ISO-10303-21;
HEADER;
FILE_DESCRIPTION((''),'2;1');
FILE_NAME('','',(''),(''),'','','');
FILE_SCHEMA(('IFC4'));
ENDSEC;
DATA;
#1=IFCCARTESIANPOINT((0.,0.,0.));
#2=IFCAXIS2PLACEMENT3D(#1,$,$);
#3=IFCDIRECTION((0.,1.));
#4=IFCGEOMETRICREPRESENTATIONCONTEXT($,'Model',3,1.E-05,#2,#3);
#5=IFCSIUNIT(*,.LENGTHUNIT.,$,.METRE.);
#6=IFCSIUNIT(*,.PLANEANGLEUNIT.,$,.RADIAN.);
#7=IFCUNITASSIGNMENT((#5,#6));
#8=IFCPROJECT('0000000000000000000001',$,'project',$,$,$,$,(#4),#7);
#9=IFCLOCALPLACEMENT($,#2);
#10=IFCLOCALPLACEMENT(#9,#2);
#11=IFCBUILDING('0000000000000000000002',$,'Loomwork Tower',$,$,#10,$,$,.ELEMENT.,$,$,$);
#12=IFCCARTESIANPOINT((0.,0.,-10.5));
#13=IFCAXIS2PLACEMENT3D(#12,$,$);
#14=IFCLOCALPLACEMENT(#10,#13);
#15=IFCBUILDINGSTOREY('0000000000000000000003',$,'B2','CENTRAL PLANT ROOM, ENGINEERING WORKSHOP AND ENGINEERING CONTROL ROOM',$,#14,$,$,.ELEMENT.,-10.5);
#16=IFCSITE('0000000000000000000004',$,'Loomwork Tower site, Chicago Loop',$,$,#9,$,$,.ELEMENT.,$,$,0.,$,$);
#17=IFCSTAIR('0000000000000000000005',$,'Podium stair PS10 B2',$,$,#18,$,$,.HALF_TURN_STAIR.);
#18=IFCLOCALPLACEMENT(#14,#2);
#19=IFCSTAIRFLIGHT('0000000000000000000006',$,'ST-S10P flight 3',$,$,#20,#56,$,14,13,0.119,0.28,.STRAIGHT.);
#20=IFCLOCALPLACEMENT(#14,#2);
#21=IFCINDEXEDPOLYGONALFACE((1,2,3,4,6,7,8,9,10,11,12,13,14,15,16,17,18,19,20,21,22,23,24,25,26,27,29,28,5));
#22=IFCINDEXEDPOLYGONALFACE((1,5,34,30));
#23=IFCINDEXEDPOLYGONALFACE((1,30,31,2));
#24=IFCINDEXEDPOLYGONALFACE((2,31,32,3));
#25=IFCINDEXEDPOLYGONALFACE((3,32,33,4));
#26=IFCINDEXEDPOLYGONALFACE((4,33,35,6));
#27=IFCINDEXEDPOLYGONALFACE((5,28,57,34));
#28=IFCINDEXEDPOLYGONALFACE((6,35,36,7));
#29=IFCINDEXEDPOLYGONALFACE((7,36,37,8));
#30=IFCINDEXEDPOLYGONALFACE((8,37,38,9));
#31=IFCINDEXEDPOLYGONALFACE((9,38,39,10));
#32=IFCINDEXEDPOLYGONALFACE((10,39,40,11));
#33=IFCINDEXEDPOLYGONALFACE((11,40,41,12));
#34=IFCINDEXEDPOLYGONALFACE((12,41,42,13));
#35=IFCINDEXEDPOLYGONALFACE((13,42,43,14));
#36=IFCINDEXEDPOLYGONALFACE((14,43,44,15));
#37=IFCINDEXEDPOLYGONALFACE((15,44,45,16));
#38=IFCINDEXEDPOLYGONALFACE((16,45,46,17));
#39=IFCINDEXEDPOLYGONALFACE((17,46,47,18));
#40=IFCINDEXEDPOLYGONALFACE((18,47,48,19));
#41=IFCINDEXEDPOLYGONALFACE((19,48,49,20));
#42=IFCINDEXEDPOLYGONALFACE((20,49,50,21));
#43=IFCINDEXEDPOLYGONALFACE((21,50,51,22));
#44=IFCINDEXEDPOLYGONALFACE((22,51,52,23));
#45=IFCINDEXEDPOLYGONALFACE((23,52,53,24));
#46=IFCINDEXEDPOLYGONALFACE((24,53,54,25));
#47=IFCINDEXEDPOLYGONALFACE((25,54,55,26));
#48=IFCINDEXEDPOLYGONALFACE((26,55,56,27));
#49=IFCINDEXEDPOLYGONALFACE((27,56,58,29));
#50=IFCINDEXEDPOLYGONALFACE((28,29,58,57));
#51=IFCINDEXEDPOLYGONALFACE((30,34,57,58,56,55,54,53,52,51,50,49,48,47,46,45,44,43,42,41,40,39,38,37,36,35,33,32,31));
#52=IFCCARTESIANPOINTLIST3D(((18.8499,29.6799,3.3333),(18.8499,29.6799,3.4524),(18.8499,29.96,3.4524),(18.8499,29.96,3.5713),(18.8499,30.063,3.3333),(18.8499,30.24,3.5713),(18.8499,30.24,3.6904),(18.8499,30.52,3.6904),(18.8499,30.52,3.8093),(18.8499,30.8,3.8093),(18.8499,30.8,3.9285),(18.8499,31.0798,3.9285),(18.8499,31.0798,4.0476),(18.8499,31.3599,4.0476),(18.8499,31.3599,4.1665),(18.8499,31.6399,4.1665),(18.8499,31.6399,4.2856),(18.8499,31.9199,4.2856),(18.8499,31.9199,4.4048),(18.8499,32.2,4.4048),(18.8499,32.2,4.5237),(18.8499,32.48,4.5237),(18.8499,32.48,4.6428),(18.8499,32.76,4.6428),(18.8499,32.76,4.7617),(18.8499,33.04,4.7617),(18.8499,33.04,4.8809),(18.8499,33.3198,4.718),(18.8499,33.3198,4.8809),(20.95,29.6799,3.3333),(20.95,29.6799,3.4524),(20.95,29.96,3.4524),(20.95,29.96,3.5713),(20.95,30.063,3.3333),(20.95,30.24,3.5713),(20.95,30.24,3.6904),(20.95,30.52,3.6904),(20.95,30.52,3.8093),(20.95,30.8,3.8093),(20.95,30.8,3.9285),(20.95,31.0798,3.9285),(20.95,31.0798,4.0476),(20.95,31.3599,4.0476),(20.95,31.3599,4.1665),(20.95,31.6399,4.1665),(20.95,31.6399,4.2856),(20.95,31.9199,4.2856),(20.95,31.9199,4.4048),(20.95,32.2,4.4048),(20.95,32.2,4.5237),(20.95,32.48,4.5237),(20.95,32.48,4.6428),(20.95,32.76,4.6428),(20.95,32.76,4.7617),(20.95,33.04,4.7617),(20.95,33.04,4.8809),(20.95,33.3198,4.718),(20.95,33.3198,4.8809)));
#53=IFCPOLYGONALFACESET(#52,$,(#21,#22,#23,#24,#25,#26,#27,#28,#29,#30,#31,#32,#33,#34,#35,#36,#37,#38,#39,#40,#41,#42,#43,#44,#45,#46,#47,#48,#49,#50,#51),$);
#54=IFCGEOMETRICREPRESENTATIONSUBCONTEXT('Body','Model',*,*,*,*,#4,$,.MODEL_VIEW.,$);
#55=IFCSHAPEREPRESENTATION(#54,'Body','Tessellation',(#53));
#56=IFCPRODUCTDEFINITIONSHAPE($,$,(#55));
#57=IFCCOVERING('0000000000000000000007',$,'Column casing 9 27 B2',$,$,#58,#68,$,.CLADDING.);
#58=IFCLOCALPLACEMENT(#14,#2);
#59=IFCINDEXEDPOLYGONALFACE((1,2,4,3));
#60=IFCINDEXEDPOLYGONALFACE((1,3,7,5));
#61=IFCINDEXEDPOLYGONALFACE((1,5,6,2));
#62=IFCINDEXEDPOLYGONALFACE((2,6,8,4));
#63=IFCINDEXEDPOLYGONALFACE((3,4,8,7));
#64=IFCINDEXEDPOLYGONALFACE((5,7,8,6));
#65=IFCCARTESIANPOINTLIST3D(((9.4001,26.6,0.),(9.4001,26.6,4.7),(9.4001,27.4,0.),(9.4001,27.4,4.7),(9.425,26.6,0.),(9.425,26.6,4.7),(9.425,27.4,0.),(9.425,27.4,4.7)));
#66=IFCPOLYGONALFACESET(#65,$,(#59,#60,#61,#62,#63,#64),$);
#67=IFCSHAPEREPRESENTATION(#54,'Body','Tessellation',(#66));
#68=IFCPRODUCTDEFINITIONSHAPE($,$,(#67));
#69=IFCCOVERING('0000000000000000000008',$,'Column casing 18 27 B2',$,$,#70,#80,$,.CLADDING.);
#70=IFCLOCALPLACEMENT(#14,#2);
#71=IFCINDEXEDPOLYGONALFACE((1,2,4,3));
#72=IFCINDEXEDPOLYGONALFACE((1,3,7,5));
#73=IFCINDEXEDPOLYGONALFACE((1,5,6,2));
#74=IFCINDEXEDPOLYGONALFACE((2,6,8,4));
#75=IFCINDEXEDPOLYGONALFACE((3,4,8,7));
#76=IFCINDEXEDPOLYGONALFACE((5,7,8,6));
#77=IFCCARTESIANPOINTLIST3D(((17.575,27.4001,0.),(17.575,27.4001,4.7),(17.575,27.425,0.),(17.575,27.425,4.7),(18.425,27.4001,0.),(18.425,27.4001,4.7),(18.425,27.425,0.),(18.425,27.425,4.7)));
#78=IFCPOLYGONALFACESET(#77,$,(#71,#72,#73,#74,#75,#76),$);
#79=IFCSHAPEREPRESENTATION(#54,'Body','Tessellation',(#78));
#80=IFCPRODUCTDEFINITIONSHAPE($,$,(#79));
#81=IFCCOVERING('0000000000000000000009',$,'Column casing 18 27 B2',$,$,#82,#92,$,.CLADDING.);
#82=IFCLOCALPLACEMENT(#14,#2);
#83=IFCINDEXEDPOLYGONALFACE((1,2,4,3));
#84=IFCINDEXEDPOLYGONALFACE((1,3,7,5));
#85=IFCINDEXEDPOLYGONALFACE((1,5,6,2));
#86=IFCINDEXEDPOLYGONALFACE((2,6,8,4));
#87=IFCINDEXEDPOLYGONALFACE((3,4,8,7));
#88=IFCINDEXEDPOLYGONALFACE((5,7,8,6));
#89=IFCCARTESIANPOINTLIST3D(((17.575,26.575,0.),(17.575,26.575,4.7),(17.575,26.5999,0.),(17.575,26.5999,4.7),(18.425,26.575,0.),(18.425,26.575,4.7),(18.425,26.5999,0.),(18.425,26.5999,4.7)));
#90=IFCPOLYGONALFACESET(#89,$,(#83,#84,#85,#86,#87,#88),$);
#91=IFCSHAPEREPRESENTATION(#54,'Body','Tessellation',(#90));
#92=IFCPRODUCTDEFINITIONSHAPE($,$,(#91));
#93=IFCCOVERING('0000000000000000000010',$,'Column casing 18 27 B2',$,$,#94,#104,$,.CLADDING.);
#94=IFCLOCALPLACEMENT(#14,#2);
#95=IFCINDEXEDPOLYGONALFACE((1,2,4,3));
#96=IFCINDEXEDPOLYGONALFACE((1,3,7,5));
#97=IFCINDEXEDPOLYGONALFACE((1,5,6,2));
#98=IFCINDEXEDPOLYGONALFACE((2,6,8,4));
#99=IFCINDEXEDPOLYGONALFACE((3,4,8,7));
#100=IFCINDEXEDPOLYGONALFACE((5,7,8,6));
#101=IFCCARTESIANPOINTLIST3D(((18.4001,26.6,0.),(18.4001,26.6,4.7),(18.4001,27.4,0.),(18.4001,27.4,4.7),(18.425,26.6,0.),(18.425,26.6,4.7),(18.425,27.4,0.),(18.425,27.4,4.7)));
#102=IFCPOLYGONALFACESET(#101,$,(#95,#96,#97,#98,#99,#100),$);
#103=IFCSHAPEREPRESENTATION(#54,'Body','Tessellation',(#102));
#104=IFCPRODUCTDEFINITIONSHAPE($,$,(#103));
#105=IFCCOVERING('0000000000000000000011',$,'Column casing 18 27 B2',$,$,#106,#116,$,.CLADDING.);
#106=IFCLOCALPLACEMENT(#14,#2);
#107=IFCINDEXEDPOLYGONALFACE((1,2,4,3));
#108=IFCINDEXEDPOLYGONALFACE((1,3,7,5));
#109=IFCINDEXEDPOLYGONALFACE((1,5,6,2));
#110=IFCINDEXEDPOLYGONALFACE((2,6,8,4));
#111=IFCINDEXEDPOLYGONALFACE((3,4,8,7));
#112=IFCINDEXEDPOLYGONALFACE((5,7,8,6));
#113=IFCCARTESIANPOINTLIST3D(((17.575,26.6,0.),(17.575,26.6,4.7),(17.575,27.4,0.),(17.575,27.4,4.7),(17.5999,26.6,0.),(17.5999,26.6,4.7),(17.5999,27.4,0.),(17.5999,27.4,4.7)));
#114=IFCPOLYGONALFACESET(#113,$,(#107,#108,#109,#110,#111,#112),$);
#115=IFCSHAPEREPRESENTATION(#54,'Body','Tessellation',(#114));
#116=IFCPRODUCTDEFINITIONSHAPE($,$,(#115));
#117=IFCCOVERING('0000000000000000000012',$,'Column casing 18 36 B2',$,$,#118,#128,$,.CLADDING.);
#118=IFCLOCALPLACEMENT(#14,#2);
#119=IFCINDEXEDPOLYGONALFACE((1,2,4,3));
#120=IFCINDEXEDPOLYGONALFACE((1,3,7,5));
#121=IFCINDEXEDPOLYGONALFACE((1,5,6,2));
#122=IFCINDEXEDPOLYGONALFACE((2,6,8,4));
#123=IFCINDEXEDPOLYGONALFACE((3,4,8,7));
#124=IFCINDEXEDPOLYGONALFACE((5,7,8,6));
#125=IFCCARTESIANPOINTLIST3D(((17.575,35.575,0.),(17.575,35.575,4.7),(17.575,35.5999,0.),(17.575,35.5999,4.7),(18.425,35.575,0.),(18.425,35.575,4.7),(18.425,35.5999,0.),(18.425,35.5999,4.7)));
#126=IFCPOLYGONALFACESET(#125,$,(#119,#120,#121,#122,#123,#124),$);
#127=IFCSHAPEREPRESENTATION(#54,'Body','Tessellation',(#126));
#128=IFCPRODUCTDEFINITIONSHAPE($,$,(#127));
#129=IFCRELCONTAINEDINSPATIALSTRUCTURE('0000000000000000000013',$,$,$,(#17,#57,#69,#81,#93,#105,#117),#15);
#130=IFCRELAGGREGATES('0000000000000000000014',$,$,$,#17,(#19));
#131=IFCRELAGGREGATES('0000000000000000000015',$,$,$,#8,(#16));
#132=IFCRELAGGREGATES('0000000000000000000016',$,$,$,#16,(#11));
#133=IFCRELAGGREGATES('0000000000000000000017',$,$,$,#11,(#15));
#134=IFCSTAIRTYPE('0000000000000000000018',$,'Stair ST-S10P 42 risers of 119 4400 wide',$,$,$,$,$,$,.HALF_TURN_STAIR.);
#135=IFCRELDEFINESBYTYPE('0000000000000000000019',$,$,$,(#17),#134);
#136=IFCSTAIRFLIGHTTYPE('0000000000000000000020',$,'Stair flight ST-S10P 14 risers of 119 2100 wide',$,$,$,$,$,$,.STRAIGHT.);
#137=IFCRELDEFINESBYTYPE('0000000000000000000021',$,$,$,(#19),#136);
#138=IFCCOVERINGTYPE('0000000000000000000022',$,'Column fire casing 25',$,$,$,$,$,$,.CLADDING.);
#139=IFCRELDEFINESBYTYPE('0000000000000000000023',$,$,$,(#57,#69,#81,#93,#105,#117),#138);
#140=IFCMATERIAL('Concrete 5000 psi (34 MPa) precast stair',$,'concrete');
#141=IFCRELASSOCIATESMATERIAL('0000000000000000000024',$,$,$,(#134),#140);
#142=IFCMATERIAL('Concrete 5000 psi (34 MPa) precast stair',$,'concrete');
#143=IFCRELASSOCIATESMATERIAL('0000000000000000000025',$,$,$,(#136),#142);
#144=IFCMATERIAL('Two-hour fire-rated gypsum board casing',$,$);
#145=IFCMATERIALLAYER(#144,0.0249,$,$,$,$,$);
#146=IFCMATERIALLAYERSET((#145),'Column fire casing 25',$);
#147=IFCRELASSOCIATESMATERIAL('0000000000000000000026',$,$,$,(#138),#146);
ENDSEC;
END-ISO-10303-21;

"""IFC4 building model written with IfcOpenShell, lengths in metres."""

from ifc_helpers import new_model, si_unit, direction, frame, origin, origin_2d, place, context, subcontext, project, spatial, polyline, rectangle, outline, extrude, material, layer, layer_set, type_object, element, aggregate, save


model = new_model("IFC4")

# Units and contexts
model_context = context("Model", 3, precision=1e-05, world=origin(), true_north=direction((0.0, 1.0)))
body_context = subcontext(model_context, "Body", "Model", "MODEL_VIEW")
ifc_project = project(units=[si_unit("LENGTHUNIT", "METRE"), si_unit("PLANEANGLEUNIT", "RADIAN")], contexts=[model_context])

# Site, building, storey
site_placement = place(None, origin())
site = spatial("IfcSite", under=ifc_project, at=site_placement, Name="Loomwork Tower site, Chicago Loop", CompositionType="ELEMENT", RefElevation=0.0)
building_placement = place(site_placement, origin())
building = spatial("IfcBuilding", under=site, at=building_placement, Name="Loomwork Tower", CompositionType="ELEMENT")
storey_placement = place(building_placement, frame((0.0, 0.0, -10.5)))
storey = spatial("IfcBuildingStorey", under=building, at=storey_placement, Name="B2", Description="CENTRAL PLANT ROOM, ENGINEERING WORKSHOP AND ENGINEERING CONTROL ROOM", CompositionType="ELEMENT", Elevation=-10.5)

# Stair, stair flight
ifc_material_1 = material(Name="Concrete 5000 psi (34 MPa) precast stair", Category="concrete")
stair_type = type_object("IfcStairType", Name="Stair ST-S10P 42 risers of 119 4400 wide", PredefinedType="HALF_TURN_STAIR", material=ifc_material_1)
stair_placement = place(storey_placement, origin())
stair = element("IfcStair", 1, at=stair_placement, inside=storey, type_object=stair_type, Name="Podium stair PS10 B2", PredefinedType="HALF_TURN_STAIR")
ifc_material_2 = material(Name="Concrete 5000 psi (34 MPa) precast stair", Category="concrete")
stair_flight_type = type_object("IfcStairFlightType", Name="Stair flight ST-S10P 14 risers of 119 2100 wide", PredefinedType="STRAIGHT", material=ifc_material_2)
stair_flight_1_placement = place(storey_placement, frame((19.8999, 29.6799, 3.3333), z_axis=(0.0, 0.0, 1.0), x_axis=(0.0, 1.0, 0.0)))
stair_flight_1 = element("IfcStairFlight", 2, at=stair_flight_1_placement, type_object=stair_flight_type, Name="ST-S10P flight 3", NumberOfRisers=14, NumberOfTreads=13, PredefinedType="STRAIGHT", RiserHeight=0.119, TreadLength=0.28, context=body_context, shape_type="SweptSolid", body=[
    extrude(outline(polyline([(0.0, 0.0), (0.0, 0.1191), (0.28, 0.1191), (0.28, 0.238), (0.5601, 0.238), (0.5601, 0.3572), (0.8401, 0.3572), (0.8401, 0.4761), (1.1201, 0.4761), (1.1201, 0.5952), (1.3999, 0.5952), (1.3999, 0.7144), (1.6799, 0.7144), (1.6799, 0.8333), (1.96, 0.8333), (1.96, 0.9524), (2.24, 0.9524), (2.24, 1.0715), (2.52, 1.0715), (2.52, 1.1904), (2.8, 1.1904), (2.8, 1.3096), (3.0801, 1.3096), (3.0801, 1.4285), (3.3601, 1.4285), (3.3601, 1.5476), (3.6399, 1.5476), (3.6399, 1.6667), (3.6399, 1.3848), (0.3831, 0.0), (0.0, 0.0)])), frame((0.0, 1.05, 0.0), z_axis=(0.0, -1.0, 0.0), x_axis=(1.0, 0.0, 0.0)), (0.0, 0.0, 1.0), 2.1001),
])
aggregate(stair, [stair_flight_1])

# Coverings
ifc_material_3 = material(Name="Two-hour fire-rated gypsum board casing")
ifc_layer_1 = layer(ifc_material_3, 0.0249)
ifc_layer_set_1 = layer_set([ifc_layer_1], Name="Column fire casing 25")
covering_type = type_object("IfcCoveringType", Name="Column fire casing 25", PredefinedType="CLADDING", material=ifc_layer_set_1)
covering_1_placement = place(storey_placement, frame((9.4126, 27.0, 0.0), z_axis=(0.0, 0.0, 1.0), x_axis=(1.0, 0.0, 0.0)))
element("IfcCovering", 3, at=covering_1_placement, inside=storey, type_object=covering_type, Name="Column casing 9 27 B2", PredefinedType="CLADDING", context=body_context, shape_type="SweptSolid", body=[
    extrude(rectangle(XDim=0.0249, YDim=0.8, at=origin_2d()), origin(), (0.0, 0.0, 1.0), 4.7),
])
for number, where, z_axis, x_axis, name in (
    (4, (18.0, 27.4126, 0.0), (0.0, 0.0, 1.0), (1.0, 0.0, 0.0), "Column casing 18 27 B2"),
    (5, (18.0, 26.5874, 0.0), (0.0, 0.0, 1.0), (1.0, 0.0, 0.0), "Column casing 18 27 B2"),
):
    element("IfcCovering", number, at=place(storey_placement, frame(where, z_axis=z_axis, x_axis=x_axis)), inside=storey, type_object=covering_type, Name=name, PredefinedType="CLADDING", context=body_context, shape_type="SweptSolid", body=[
        extrude(rectangle(XDim=0.8501, YDim=0.0249, at=origin_2d()), origin(), (0.0, 0.0, 1.0), 4.7),
    ])
for number, where, z_axis, x_axis, name in (
    (6, (18.4126, 27.0, 0.0), (0.0, 0.0, 1.0), (1.0, 0.0, 0.0), "Column casing 18 27 B2"),
    (7, (17.5874, 27.0, 0.0), (0.0, 0.0, 1.0), (1.0, 0.0, 0.0), "Column casing 18 27 B2"),
):
    element("IfcCovering", number, at=place(storey_placement, frame(where, z_axis=z_axis, x_axis=x_axis)), inside=storey, type_object=covering_type, Name=name, PredefinedType="CLADDING", context=body_context, shape_type="SweptSolid", body=[
        extrude(rectangle(XDim=0.0249, YDim=0.8, at=origin_2d()), origin(), (0.0, 0.0, 1.0), 4.7),
    ])
covering_2_placement = place(storey_placement, frame((18.0, 35.5874, 0.0), z_axis=(0.0, 0.0, 1.0), x_axis=(1.0, 0.0, 0.0)))
element("IfcCovering", 8, at=covering_2_placement, inside=storey, type_object=covering_type, Name="Column casing 18 36 B2", PredefinedType="CLADDING", context=body_context, shape_type="SweptSolid", body=[
    extrude(rectangle(XDim=0.8501, YDim=0.0249, at=origin_2d()), origin(), (0.0, 0.0, 1.0), 4.7),
])

save(model, "model.ifc")
